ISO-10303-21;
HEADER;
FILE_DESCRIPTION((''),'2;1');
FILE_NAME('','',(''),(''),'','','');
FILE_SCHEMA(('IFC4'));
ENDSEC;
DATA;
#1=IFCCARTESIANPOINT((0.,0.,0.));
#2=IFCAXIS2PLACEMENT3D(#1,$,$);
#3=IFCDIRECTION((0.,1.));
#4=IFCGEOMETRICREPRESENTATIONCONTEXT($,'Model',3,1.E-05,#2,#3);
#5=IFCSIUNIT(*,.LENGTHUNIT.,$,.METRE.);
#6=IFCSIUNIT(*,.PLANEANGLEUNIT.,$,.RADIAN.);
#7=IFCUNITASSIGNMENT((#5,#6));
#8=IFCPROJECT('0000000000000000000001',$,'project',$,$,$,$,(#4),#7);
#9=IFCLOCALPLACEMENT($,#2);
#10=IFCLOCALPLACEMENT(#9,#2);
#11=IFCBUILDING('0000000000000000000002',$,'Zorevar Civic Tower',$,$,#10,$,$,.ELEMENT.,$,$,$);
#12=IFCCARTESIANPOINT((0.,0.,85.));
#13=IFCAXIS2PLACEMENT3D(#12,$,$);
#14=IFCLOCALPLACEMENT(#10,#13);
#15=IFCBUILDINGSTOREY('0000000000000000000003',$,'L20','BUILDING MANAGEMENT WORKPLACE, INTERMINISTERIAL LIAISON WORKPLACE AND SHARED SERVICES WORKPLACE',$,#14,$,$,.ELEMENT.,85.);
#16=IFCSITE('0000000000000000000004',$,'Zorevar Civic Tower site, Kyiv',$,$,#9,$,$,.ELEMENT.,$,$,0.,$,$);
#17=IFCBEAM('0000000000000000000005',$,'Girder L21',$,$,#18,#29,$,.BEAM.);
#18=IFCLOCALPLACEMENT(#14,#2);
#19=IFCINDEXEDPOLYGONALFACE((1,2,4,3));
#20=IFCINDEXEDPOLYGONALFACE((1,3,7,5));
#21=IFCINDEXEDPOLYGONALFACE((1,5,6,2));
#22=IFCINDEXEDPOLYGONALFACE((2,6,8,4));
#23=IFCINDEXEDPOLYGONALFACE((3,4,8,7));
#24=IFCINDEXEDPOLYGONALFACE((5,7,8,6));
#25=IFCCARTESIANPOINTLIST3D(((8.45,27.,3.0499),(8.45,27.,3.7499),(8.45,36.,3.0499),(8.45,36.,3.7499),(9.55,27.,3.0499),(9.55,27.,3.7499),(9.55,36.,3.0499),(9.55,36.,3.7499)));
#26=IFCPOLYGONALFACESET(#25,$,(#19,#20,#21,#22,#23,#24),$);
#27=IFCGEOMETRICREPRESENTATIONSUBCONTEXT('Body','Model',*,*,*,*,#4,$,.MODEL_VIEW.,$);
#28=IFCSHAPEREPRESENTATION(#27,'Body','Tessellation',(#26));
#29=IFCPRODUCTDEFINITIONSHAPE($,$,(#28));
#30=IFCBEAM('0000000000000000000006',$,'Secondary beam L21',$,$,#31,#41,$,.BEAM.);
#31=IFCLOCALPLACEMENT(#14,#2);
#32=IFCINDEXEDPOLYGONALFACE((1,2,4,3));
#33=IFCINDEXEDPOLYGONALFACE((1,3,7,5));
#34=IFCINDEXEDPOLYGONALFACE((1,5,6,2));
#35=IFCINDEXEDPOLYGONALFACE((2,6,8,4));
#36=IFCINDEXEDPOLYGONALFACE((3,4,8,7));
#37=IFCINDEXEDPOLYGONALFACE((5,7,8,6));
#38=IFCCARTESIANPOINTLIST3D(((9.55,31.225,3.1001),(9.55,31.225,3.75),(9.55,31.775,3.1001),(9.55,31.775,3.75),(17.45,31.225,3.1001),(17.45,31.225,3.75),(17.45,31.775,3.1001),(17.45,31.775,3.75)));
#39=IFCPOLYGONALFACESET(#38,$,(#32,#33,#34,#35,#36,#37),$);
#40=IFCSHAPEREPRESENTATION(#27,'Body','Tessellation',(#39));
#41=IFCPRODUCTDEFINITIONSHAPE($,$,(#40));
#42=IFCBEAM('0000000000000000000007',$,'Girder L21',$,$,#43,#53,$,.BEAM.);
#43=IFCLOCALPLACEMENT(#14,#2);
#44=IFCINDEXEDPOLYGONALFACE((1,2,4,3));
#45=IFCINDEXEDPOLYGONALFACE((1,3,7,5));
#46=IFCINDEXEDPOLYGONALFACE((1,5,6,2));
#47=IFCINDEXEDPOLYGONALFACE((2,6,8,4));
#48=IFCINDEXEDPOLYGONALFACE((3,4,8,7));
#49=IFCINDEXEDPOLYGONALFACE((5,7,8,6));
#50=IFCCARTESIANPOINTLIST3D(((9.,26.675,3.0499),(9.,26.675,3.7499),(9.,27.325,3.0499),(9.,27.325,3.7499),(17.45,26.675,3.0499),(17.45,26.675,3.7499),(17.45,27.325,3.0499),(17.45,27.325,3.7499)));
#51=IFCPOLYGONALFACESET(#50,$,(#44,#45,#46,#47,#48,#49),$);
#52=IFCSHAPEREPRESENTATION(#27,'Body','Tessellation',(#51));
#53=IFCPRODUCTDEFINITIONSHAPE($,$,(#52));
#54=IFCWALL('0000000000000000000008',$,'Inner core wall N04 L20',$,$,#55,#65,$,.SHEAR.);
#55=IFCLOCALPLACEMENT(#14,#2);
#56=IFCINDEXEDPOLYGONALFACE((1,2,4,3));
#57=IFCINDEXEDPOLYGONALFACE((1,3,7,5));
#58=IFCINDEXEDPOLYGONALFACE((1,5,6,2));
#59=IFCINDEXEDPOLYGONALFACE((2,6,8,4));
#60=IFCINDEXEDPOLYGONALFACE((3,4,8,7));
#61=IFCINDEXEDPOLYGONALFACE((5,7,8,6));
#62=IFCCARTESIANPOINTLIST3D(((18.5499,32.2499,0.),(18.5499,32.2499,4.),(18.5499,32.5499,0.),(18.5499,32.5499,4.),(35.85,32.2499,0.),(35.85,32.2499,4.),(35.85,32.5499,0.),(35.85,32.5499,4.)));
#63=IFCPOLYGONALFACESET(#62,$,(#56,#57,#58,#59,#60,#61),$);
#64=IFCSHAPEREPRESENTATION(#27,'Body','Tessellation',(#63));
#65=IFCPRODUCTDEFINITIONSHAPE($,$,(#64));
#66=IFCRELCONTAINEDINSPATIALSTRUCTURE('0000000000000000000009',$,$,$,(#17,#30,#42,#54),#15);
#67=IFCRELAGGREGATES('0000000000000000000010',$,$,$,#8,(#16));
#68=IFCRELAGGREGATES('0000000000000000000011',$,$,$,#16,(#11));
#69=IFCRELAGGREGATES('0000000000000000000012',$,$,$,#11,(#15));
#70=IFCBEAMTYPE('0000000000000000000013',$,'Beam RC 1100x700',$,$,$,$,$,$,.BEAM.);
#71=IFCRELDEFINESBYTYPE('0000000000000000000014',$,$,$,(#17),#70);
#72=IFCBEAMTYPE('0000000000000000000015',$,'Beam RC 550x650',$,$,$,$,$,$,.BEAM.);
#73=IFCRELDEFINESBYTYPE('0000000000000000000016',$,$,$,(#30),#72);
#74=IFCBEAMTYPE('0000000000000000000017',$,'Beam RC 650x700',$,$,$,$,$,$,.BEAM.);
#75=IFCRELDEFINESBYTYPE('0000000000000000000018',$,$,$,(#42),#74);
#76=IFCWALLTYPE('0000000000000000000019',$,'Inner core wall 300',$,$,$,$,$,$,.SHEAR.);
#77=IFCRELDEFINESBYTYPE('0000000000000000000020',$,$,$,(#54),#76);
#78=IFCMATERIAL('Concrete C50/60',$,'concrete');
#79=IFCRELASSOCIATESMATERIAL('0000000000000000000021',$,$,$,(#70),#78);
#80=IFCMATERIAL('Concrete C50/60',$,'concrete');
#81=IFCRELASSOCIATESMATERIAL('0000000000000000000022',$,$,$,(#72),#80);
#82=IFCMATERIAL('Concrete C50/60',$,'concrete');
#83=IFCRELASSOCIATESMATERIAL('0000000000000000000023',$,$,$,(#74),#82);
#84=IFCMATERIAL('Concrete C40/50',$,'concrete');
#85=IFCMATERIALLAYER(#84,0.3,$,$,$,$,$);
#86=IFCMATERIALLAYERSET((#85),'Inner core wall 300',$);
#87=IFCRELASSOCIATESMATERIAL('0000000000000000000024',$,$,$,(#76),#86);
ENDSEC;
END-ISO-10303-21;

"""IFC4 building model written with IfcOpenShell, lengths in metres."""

from ifc_helpers import new_model, si_unit, direction, frame, frame_2d, origin, origin_2d, place, context, subcontext, project, spatial, rectangle, extrude, material, layer, layer_set, material_profile, profile_set, type_object, element, save


model = new_model("IFC4")

# Units and contexts
model_context = context("Model", 3, precision=1e-05, world=origin(), true_north=direction((0.0, 1.0)))
body_context = subcontext(model_context, "Body", "Model", "MODEL_VIEW")
ifc_project = project(units=[si_unit("LENGTHUNIT", "METRE"), si_unit("PLANEANGLEUNIT", "RADIAN")], contexts=[model_context])

# Site, building, storey
site_placement = place(None, origin())
site = spatial("IfcSite", under=ifc_project, at=site_placement, Name="Zorevar Civic Tower site, Kyiv", CompositionType="ELEMENT", RefElevation=0.0)
building_placement = place(site_placement, origin())
building = spatial("IfcBuilding", under=site, at=building_placement, Name="Zorevar Civic Tower", CompositionType="ELEMENT")
storey_placement = place(building_placement, frame((0.0, 0.0, 85.0)))
storey = spatial("IfcBuildingStorey", under=building, at=storey_placement, Name="L20", Description="BUILDING MANAGEMENT WORKPLACE, INTERMINISTERIAL LIAISON WORKPLACE AND SHARED SERVICES WORKPLACE", CompositionType="ELEMENT", Elevation=85.0)

# Beams
ifc_material_1 = material(Name="Concrete C50/60", Category="concrete")
ifc_material_profile_1 = material_profile(ifc_material_1, rectangle(XDim=1.1001, YDim=0.7, at=origin_2d()), Name="RC 1100x700")
ifc_profile_set_1 = profile_set([ifc_material_profile_1], Name="Concrete C50/60")
beam_type_1 = type_object("IfcBeamType", Name="Beam RC 1100x700", PredefinedType="BEAM", material=ifc_profile_set_1)
beam_1_placement = place(storey_placement, frame((9.0, 27.0, 3.3999), z_axis=(0.0, 1.0, 0.0), x_axis=(-1.0, 0.0, 0.0)))
element("IfcBeam", 1, at=beam_1_placement, inside=storey, type_object=beam_type_1, Name="Girder L21", PredefinedType="BEAM", context=body_context, shape_type="SweptSolid", body=[
    extrude(rectangle(XDim=1.1001, YDim=0.7, at=origin_2d()), origin(), (0.0, 0.0, 1.0), 9.0),
])
ifc_material_2 = material(Name="Concrete C50/60", Category="concrete")
ifc_material_profile_2 = material_profile(ifc_material_2, rectangle(XDim=0.55, YDim=0.6499, at=origin_2d()), Name="RC 550x650")
ifc_profile_set_2 = profile_set([ifc_material_profile_2], Name="Concrete C50/60")
beam_type_2 = type_object("IfcBeamType", Name="Beam RC 550x650", PredefinedType="BEAM", material=ifc_profile_set_2)
beam_2_placement = place(storey_placement, frame((9.55, 31.5, 3.425), z_axis=(1.0, 0.0, 0.0), x_axis=(0.0, 1.0, 0.0)))
element("IfcBeam", 2, at=beam_2_placement, inside=storey, type_object=beam_type_2, Name="Secondary beam L21", PredefinedType="BEAM", context=body_context, shape_type="SweptSolid", body=[
    extrude(rectangle(XDim=0.55, YDim=0.6499, at=origin_2d()), origin(), (0.0, 0.0, 1.0), 7.8999),
])
ifc_material_3 = material(Name="Concrete C50/60", Category="concrete")
ifc_material_profile_3 = material_profile(ifc_material_3, rectangle(XDim=0.6499, YDim=0.7, at=origin_2d()), Name="RC 650x700")
ifc_profile_set_3 = profile_set([ifc_material_profile_3], Name="Concrete C50/60")
beam_type_3 = type_object("IfcBeamType", Name="Beam RC 650x700", PredefinedType="BEAM", material=ifc_profile_set_3)
beam_3_placement = place(storey_placement, frame((9.0, 27.0, 3.3999), z_axis=(1.0, 0.0, 0.0), x_axis=(0.0, 1.0, 0.0)))
element("IfcBeam", 3, at=beam_3_placement, inside=storey, type_object=beam_type_3, Name="Girder L21", PredefinedType="BEAM", context=body_context, shape_type="SweptSolid", body=[
    extrude(rectangle(XDim=0.6499, YDim=0.7, at=origin_2d()), origin(), (0.0, 0.0, 1.0), 8.45),
])

# Shared definitions
ifc_material_4 = material(Name="Concrete C40/50", Category="concrete")
ifc_layer = layer(ifc_material_4, 0.3)
ifc_layer_set = layer_set([ifc_layer], Name="Inner core wall 300")
wall_type = type_object("IfcWallType", Name="Inner core wall 300", PredefinedType="SHEAR", material=ifc_layer_set)

# Wall
wall_1_placement = place(storey_placement, frame((18.55, 32.3999, 0.0), z_axis=(0.0, 0.0, 1.0), x_axis=(1.0, 0.0, 0.0)))
element("IfcWall", 4, at=wall_1_placement, inside=storey, type_object=wall_type, Name="Inner core wall N04 L20", PredefinedType="SHEAR", context=body_context, shape_type="SweptSolid", body=[
    extrude(rectangle(XDim=17.3, YDim=0.3, at=frame_2d((8.6499, 0.0))), origin(), (0.0, 0.0, 1.0), 4.0),
])

save(model, "model.ifc")
